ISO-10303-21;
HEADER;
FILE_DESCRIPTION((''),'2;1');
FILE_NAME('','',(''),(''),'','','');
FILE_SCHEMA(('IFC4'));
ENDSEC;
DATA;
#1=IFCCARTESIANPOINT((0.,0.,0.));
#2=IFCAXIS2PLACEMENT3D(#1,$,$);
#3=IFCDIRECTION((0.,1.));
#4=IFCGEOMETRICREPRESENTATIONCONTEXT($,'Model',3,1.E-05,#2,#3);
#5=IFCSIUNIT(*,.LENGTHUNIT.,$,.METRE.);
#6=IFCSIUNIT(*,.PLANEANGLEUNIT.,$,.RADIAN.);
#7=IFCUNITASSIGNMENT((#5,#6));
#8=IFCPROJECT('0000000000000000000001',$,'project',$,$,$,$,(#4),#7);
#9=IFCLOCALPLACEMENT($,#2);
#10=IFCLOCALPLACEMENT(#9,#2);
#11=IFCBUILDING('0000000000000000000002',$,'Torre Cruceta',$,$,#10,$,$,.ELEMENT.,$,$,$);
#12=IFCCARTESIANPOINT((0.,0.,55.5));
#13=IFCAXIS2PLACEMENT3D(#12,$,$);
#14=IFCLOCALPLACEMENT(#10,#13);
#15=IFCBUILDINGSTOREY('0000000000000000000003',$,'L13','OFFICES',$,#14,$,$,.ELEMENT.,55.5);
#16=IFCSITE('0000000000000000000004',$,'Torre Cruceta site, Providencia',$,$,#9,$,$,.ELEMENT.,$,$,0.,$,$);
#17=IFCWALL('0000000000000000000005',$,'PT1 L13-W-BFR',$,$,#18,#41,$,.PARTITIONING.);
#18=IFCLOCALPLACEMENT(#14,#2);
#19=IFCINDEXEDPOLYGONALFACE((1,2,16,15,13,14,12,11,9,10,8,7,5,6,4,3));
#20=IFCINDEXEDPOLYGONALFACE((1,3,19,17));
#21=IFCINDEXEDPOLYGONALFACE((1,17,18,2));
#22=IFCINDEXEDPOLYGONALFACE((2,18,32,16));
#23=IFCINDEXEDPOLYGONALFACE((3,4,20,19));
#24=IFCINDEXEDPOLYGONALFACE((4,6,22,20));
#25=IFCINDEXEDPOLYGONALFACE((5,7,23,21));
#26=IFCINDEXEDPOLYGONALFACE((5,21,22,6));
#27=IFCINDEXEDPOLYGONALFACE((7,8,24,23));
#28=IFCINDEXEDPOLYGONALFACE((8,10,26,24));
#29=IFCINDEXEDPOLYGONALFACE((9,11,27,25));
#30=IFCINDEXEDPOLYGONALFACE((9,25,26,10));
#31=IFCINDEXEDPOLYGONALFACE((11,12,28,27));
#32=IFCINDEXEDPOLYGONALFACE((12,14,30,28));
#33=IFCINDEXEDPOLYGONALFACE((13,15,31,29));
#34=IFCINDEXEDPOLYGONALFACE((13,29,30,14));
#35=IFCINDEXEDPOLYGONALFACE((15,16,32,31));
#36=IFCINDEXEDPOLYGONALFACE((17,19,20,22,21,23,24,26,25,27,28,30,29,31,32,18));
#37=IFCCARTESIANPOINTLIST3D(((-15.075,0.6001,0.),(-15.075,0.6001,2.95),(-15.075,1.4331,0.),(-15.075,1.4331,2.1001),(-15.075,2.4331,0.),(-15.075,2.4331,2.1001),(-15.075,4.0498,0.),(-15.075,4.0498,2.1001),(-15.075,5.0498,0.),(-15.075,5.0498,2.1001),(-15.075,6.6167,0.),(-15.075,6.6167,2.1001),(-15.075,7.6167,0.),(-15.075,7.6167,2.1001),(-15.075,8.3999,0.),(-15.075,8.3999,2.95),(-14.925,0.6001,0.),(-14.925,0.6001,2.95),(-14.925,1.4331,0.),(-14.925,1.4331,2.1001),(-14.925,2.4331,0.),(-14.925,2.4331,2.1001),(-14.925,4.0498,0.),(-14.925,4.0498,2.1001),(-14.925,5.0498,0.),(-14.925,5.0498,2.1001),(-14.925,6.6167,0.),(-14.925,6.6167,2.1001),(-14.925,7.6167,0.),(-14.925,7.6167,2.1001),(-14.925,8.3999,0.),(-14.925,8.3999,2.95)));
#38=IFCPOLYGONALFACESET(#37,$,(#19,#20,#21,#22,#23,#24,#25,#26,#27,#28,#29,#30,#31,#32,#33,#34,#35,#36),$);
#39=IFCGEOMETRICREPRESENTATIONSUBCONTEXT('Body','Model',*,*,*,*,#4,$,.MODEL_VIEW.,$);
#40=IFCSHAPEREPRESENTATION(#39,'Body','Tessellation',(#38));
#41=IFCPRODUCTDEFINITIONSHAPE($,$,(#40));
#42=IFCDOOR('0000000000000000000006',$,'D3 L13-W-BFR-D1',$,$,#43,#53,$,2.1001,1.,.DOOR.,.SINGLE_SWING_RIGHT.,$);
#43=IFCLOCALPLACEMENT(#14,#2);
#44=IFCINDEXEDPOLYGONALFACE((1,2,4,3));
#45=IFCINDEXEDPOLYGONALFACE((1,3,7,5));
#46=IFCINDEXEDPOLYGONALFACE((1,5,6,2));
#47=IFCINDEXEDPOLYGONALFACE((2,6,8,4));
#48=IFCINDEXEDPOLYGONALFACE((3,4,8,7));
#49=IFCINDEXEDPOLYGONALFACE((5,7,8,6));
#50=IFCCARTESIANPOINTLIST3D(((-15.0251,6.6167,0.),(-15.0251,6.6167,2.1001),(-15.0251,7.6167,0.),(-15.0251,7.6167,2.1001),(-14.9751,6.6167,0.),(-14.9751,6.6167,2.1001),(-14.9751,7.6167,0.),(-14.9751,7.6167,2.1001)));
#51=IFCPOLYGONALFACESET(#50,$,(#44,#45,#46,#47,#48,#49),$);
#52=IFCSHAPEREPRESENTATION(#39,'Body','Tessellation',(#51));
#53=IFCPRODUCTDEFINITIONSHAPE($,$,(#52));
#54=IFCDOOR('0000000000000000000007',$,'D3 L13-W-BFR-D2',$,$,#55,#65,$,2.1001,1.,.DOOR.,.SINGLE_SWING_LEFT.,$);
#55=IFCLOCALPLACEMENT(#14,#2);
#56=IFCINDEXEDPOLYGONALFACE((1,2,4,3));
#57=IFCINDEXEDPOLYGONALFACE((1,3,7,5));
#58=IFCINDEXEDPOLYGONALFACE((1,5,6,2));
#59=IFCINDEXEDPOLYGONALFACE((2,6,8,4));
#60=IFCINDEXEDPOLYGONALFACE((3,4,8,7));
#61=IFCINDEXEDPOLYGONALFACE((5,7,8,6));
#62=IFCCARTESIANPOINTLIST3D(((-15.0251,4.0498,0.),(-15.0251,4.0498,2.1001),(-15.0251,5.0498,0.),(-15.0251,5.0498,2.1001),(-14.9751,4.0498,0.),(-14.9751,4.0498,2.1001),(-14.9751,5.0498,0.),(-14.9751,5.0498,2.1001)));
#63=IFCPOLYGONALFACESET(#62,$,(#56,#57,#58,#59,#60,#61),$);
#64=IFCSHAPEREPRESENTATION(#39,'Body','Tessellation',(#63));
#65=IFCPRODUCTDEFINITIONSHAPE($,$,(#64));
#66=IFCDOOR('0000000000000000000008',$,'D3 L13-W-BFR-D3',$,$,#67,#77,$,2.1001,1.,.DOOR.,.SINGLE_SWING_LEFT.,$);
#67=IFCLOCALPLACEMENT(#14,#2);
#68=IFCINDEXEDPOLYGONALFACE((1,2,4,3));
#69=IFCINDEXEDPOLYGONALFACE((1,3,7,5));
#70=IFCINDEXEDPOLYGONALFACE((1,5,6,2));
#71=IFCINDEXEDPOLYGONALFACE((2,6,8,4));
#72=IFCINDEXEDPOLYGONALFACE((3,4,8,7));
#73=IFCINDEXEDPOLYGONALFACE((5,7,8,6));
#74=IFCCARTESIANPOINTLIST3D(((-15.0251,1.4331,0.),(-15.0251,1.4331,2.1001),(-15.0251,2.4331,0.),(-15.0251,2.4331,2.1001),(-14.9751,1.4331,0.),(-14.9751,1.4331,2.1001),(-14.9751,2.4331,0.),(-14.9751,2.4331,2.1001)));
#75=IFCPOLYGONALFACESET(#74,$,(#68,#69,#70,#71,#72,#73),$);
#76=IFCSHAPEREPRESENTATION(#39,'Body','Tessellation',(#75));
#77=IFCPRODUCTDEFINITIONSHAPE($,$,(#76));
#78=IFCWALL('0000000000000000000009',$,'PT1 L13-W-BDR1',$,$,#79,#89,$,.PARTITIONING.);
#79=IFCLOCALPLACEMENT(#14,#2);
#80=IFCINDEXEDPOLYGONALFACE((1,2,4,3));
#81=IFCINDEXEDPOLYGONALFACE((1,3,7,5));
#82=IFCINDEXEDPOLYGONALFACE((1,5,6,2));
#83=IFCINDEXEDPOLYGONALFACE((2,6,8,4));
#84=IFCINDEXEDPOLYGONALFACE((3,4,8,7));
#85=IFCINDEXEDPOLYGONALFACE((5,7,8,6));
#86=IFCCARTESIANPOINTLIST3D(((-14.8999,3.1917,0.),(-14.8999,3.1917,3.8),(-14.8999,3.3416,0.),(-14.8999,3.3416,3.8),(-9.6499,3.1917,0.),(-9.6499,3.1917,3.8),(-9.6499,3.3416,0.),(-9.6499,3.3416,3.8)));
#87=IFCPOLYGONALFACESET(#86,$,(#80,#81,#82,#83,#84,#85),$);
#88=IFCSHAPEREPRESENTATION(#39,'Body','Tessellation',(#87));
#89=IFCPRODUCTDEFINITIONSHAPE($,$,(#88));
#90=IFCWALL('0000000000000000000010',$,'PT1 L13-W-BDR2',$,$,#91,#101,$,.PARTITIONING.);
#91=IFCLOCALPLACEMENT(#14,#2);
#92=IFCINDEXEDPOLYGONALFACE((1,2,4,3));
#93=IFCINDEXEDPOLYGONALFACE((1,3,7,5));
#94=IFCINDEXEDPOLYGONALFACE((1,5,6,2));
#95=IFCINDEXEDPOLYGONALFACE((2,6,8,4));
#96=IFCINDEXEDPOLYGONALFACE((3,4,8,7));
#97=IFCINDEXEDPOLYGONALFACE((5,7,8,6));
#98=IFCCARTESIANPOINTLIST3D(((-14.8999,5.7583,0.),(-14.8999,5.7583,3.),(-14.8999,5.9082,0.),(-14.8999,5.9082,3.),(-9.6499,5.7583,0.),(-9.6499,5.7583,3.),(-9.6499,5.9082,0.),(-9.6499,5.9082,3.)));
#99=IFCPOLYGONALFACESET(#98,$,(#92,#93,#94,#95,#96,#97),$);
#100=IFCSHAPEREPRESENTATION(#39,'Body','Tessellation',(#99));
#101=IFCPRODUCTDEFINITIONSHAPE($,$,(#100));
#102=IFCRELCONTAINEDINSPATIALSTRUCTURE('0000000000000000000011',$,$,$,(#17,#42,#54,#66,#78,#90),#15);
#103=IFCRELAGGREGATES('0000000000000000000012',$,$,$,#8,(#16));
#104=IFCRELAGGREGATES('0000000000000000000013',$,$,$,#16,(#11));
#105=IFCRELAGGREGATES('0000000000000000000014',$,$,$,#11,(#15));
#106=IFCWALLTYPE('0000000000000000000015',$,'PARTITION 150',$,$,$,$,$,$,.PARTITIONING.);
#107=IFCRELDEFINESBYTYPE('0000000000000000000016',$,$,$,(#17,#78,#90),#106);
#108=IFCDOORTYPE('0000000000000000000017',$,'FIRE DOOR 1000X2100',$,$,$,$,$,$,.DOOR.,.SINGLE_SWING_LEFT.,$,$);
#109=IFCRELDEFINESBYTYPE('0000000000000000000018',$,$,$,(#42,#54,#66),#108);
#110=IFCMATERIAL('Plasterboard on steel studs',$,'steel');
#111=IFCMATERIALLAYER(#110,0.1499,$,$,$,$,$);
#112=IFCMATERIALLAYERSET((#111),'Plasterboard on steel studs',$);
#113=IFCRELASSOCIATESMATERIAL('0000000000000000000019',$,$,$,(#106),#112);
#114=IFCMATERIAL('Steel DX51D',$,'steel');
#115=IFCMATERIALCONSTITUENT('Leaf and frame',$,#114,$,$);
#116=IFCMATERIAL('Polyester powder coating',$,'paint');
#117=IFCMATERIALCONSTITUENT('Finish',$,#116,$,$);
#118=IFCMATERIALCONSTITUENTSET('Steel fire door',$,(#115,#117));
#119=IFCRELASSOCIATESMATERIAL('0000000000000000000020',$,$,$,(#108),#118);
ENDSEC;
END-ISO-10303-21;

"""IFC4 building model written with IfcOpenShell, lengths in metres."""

from ifc_helpers import new_model, si_unit, direction, frame, frame_2d, origin, place, context, subcontext, project, spatial, rectangle, extrude, material, layer, layer_set, constituent, constituent_set, type_object, element, fill, save


model = new_model("IFC4")

# Units and contexts
model_context = context("Model", 3, precision=1e-05, world=origin(), true_north=direction((0.0, 1.0)))
body_context = subcontext(model_context, "Body", "Model", "MODEL_VIEW")
ifc_project = project(units=[si_unit("LENGTHUNIT", "METRE"), si_unit("PLANEANGLEUNIT", "RADIAN")], contexts=[model_context])

# Site, building, storey
site_placement = place(None, origin())
site = spatial("IfcSite", under=ifc_project, at=site_placement, Name="Torre Cruceta site, Providencia", CompositionType="ELEMENT", RefElevation=0.0)
building_placement = place(site_placement, origin())
building = spatial("IfcBuilding", under=site, at=building_placement, Name="Torre Cruceta", CompositionType="ELEMENT")
storey_placement = place(building_placement, frame((0.0, 0.0, 55.5)))
storey = spatial("IfcBuildingStorey", under=building, at=storey_placement, Name="L13", Description="OFFICES", CompositionType="ELEMENT", Elevation=55.5)

# Wall, openings, doors
ifc_material_1 = material(Name="Plasterboard on steel studs", Category="steel")
ifc_layer_1 = layer(ifc_material_1, 0.1499)
ifc_layer_set_1 = layer_set([ifc_layer_1], Name="Plasterboard on steel studs")
wall_type_1 = type_object("IfcWallType", Name="PARTITION 150", PredefinedType="PARTITIONING", material=ifc_layer_set_1)
wall_1_placement = place(storey_placement, frame((-15.0, 8.3999, 0.0), z_axis=(0.0, 0.0, 1.0), x_axis=(0.0, -1.0, 0.0)))
wall_1 = element("IfcWall", 1, at=wall_1_placement, inside=storey, type_object=wall_type_1, Name="PT1 L13-W-BFR", PredefinedType="PARTITIONING", context=body_context, shape_type="SweptSolid", body=[
    extrude(rectangle(XDim=7.7998, YDim=0.1499, at=frame_2d((3.8999, 0.0))), origin(), (0.0, 0.0, 1.0), 2.95),
])
opening_1_placement = place(wall_1_placement, frame((0.7832, 0.0, 0.0)))
opening_1 = element("IfcOpeningElement", 2, at=opening_1_placement, cuts=wall_1, PredefinedType="OPENING", context=body_context, shape_type="SweptSolid", body=[
    extrude(rectangle(XDim=1.0, YDim=2.1001, at=frame_2d((0.5, 1.05))), frame((0.0, 0.085, 0.0), z_axis=(0.0, -1.0, 0.0), x_axis=(1.0, 0.0, 0.0)), (0.0, 0.0, 1.0), 0.1699),
])
opening_2_placement = place(wall_1_placement, frame((3.3501, 0.0, 0.0)))
opening_2 = element("IfcOpeningElement", 3, at=opening_2_placement, cuts=wall_1, PredefinedType="OPENING", context=body_context, shape_type="SweptSolid", body=[
    extrude(rectangle(XDim=1.0, YDim=2.1001, at=frame_2d((0.5, 1.05))), frame((0.0, 0.085, 0.0), z_axis=(0.0, -1.0, 0.0), x_axis=(1.0, 0.0, 0.0)), (0.0, 0.0, 1.0), 0.1699),
])
opening_3_placement = place(wall_1_placement, frame((5.9668, 0.0, 0.0)))
opening_3 = element("IfcOpeningElement", 4, at=opening_3_placement, cuts=wall_1, PredefinedType="OPENING", context=body_context, shape_type="SweptSolid", body=[
    extrude(rectangle(XDim=1.0, YDim=2.1001, at=frame_2d((0.5, 1.05))), frame((0.0, 0.085, 0.0), z_axis=(0.0, -1.0, 0.0), x_axis=(1.0, 0.0, 0.0)), (0.0, 0.0, 1.0), 0.1699),
])
ifc_material_2 = material(Name="Steel DX51D", Category="steel")
ifc_constituent_1 = constituent(ifc_material_2, Name="Leaf and frame")
ifc_material_3 = material(Name="Polyester powder coating", Category="paint")
ifc_constituent_2 = constituent(ifc_material_3, Name="Finish")
ifc_constituent_set_1 = constituent_set(constituents=[ifc_constituent_1, ifc_constituent_2], Name="Steel fire door")
door_type_1 = type_object("IfcDoorType", Name="FIRE DOOR 1000X2100", OperationType="SINGLE_SWING_LEFT", PredefinedType="DOOR", material=ifc_constituent_set_1)
door_1_placement = place(opening_1_placement, origin())
door_1 = element("IfcDoor", 5, at=door_1_placement, inside=storey, type_object=door_type_1, Name="D3 L13-W-BFR-D1", OperationType="SINGLE_SWING_RIGHT", OverallHeight=2.1001, OverallWidth=1.0, PredefinedType="DOOR", context=body_context, shape_type="SweptSolid", body=[
    extrude(rectangle(XDim=1.0, YDim=2.1001, at=frame_2d((0.5, 1.05))), frame((0.0, 0.0249, 0.0), z_axis=(0.0, -1.0, 0.0), x_axis=(1.0, 0.0, 0.0)), (0.0, 0.0, 1.0), 0.05),
])
fill(opening_1, door_1)
door_2_placement = place(opening_2_placement, origin())
door_2 = element("IfcDoor", 6, at=door_2_placement, inside=storey, type_object=door_type_1, Name="D3 L13-W-BFR-D2", OperationType="SINGLE_SWING_LEFT", OverallHeight=2.1001, OverallWidth=1.0, PredefinedType="DOOR", context=body_context, shape_type="SweptSolid", body=[
    extrude(rectangle(XDim=1.0, YDim=2.1001, at=frame_2d((0.5, 1.05))), frame((0.0, 0.0249, 0.0), z_axis=(0.0, -1.0, 0.0), x_axis=(1.0, 0.0, 0.0)), (0.0, 0.0, 1.0), 0.05),
])
fill(opening_2, door_2)
door_3_placement = place(opening_3_placement, origin())
door_3 = element("IfcDoor", 7, at=door_3_placement, inside=storey, type_object=door_type_1, Name="D3 L13-W-BFR-D3", OperationType="SINGLE_SWING_LEFT", OverallHeight=2.1001, OverallWidth=1.0, PredefinedType="DOOR", context=body_context, shape_type="SweptSolid", body=[
    extrude(rectangle(XDim=1.0, YDim=2.1001, at=frame_2d((0.5, 1.05))), frame((0.0, 0.0249, 0.0), z_axis=(0.0, -1.0, 0.0), x_axis=(1.0, 0.0, 0.0)), (0.0, 0.0, 1.0), 0.05),
])
fill(opening_3, door_3)

# Walls
wall_2_placement = place(storey_placement, frame((-9.6499, 3.2666, 0.0), z_axis=(0.0, 0.0, 1.0), x_axis=(-1.0, 0.0, 0.0)))
element("IfcWall", 8, at=wall_2_placement, inside=storey, type_object=wall_type_1, Name="PT1 L13-W-BDR1", PredefinedType="PARTITIONING", context=body_context, shape_type="SweptSolid", body=[
    extrude(rectangle(XDim=5.25, YDim=0.1499, at=frame_2d((2.625, 0.0))), origin(), (0.0, 0.0, 1.0), 3.8),
])
wall_3_placement = place(storey_placement, frame((-9.6499, 5.8333, 0.0), z_axis=(0.0, 0.0, 1.0), x_axis=(-1.0, 0.0, 0.0)))
element("IfcWall", 9, at=wall_3_placement, inside=storey, type_object=wall_type_1, Name="PT1 L13-W-BDR2", PredefinedType="PARTITIONING", context=body_context, shape_type="SweptSolid", body=[
    extrude(rectangle(XDim=5.25, YDim=0.1499, at=frame_2d((2.625, 0.0))), origin(), (0.0, 0.0, 1.0), 3.0),
])

save(model, "model.ifc")
